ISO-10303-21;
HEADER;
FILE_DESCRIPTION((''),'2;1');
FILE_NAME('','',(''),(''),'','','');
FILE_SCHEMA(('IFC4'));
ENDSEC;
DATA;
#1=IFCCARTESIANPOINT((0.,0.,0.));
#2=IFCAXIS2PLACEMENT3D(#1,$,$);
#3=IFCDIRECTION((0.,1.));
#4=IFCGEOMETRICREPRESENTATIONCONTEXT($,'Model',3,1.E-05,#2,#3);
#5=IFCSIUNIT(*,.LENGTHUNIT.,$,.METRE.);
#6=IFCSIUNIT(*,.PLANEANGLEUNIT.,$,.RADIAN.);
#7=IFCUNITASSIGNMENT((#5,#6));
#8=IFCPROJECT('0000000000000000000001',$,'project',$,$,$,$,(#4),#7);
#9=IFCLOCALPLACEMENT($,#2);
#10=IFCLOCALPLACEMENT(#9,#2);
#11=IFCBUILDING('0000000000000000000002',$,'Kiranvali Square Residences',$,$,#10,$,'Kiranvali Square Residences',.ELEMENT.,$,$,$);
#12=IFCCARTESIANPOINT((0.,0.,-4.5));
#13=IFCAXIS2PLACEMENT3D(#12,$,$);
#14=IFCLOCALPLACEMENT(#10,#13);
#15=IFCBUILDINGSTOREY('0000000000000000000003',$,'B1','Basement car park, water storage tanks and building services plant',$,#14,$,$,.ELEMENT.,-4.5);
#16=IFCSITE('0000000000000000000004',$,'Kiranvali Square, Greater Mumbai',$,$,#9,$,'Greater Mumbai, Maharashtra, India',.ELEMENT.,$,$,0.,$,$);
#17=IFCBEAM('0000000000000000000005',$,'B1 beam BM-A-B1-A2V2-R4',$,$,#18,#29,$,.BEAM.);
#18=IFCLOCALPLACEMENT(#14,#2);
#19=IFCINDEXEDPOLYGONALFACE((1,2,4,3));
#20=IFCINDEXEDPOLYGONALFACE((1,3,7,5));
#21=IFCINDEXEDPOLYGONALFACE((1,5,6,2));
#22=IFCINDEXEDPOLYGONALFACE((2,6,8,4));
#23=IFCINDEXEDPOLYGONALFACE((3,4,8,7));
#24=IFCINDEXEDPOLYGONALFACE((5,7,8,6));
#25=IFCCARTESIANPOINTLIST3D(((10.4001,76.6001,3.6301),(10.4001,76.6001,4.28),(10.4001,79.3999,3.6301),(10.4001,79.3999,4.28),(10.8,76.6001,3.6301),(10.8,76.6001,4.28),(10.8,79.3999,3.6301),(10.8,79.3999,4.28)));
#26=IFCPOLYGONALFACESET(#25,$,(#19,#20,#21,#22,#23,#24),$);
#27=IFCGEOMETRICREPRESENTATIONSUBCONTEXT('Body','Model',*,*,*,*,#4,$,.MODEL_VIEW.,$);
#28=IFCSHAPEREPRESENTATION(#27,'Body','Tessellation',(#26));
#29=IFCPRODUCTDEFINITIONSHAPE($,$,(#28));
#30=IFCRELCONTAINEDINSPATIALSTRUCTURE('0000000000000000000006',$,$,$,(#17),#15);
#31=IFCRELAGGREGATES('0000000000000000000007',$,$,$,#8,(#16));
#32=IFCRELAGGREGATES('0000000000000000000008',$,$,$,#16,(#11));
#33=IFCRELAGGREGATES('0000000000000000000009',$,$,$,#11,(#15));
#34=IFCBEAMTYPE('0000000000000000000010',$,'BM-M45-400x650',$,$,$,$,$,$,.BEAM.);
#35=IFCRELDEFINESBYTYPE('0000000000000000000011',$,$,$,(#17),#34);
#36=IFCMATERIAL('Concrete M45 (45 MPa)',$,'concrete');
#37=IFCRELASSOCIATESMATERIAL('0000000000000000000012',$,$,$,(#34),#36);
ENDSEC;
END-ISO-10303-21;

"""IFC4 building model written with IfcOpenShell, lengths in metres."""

from ifc_helpers import new_model, si_unit, direction, frame, origin, origin_2d, place, context, subcontext, project, spatial, rectangle, extrude, material, material_profile, profile_set, type_object, element, save


model = new_model("IFC4")

# Units and contexts
model_context = context("Model", 3, precision=1e-05, world=origin(), true_north=direction((0.0, 1.0)))
body_context = subcontext(model_context, "Body", "Model", "MODEL_VIEW")
ifc_project = project(units=[si_unit("LENGTHUNIT", "METRE"), si_unit("PLANEANGLEUNIT", "RADIAN")], contexts=[model_context])

# Site, building, storey
site_placement = place(None, origin())
site = spatial("IfcSite", under=ifc_project, at=site_placement, Name="Kiranvali Square, Greater Mumbai", LongName="Greater Mumbai, Maharashtra, India", CompositionType="ELEMENT", RefElevation=0.0)
building_placement = place(site_placement, origin())
building = spatial("IfcBuilding", under=site, at=building_placement, Name="Kiranvali Square Residences", LongName="Kiranvali Square Residences", CompositionType="ELEMENT")
storey_placement = place(building_placement, frame((0.0, 0.0, -4.5)))
storey = spatial("IfcBuildingStorey", under=building, at=storey_placement, Name="B1", Description="Basement car park, water storage tanks and building services plant", CompositionType="ELEMENT", Elevation=-4.5)

# Shared definitions
ifc_material_1 = material(Name="Concrete M45 (45 MPa)", Category="concrete")

# Beam
ifc_material_profile_1 = material_profile(ifc_material_1, rectangle(XDim=0.3999, YDim=0.6499, at=origin_2d()), Name="RC 400x650")
ifc_profile_set_1 = profile_set([ifc_material_profile_1], Name="Concrete M45 (45 MPa)")
beam_type_1 = type_object("IfcBeamType", Name="BM-M45-400x650", PredefinedType="BEAM", material=ifc_profile_set_1)
beam_1_placement = place(storey_placement, frame((10.6001, 79.3999, 3.9551), z_axis=(0.0, -1.0, 0.0), x_axis=(1.0, 0.0, 0.0)))
element("IfcBeam", 1, at=beam_1_placement, inside=storey, type_object=beam_type_1, Name="B1 beam BM-A-B1-A2V2-R4", PredefinedType="BEAM", context=body_context, shape_type="SweptSolid", body=[
    extrude(rectangle(XDim=0.3999, YDim=0.6499, at=origin_2d()), origin(), (0.0, 0.0, 1.0), 2.7998),
])

save(model, "model.ifc")
